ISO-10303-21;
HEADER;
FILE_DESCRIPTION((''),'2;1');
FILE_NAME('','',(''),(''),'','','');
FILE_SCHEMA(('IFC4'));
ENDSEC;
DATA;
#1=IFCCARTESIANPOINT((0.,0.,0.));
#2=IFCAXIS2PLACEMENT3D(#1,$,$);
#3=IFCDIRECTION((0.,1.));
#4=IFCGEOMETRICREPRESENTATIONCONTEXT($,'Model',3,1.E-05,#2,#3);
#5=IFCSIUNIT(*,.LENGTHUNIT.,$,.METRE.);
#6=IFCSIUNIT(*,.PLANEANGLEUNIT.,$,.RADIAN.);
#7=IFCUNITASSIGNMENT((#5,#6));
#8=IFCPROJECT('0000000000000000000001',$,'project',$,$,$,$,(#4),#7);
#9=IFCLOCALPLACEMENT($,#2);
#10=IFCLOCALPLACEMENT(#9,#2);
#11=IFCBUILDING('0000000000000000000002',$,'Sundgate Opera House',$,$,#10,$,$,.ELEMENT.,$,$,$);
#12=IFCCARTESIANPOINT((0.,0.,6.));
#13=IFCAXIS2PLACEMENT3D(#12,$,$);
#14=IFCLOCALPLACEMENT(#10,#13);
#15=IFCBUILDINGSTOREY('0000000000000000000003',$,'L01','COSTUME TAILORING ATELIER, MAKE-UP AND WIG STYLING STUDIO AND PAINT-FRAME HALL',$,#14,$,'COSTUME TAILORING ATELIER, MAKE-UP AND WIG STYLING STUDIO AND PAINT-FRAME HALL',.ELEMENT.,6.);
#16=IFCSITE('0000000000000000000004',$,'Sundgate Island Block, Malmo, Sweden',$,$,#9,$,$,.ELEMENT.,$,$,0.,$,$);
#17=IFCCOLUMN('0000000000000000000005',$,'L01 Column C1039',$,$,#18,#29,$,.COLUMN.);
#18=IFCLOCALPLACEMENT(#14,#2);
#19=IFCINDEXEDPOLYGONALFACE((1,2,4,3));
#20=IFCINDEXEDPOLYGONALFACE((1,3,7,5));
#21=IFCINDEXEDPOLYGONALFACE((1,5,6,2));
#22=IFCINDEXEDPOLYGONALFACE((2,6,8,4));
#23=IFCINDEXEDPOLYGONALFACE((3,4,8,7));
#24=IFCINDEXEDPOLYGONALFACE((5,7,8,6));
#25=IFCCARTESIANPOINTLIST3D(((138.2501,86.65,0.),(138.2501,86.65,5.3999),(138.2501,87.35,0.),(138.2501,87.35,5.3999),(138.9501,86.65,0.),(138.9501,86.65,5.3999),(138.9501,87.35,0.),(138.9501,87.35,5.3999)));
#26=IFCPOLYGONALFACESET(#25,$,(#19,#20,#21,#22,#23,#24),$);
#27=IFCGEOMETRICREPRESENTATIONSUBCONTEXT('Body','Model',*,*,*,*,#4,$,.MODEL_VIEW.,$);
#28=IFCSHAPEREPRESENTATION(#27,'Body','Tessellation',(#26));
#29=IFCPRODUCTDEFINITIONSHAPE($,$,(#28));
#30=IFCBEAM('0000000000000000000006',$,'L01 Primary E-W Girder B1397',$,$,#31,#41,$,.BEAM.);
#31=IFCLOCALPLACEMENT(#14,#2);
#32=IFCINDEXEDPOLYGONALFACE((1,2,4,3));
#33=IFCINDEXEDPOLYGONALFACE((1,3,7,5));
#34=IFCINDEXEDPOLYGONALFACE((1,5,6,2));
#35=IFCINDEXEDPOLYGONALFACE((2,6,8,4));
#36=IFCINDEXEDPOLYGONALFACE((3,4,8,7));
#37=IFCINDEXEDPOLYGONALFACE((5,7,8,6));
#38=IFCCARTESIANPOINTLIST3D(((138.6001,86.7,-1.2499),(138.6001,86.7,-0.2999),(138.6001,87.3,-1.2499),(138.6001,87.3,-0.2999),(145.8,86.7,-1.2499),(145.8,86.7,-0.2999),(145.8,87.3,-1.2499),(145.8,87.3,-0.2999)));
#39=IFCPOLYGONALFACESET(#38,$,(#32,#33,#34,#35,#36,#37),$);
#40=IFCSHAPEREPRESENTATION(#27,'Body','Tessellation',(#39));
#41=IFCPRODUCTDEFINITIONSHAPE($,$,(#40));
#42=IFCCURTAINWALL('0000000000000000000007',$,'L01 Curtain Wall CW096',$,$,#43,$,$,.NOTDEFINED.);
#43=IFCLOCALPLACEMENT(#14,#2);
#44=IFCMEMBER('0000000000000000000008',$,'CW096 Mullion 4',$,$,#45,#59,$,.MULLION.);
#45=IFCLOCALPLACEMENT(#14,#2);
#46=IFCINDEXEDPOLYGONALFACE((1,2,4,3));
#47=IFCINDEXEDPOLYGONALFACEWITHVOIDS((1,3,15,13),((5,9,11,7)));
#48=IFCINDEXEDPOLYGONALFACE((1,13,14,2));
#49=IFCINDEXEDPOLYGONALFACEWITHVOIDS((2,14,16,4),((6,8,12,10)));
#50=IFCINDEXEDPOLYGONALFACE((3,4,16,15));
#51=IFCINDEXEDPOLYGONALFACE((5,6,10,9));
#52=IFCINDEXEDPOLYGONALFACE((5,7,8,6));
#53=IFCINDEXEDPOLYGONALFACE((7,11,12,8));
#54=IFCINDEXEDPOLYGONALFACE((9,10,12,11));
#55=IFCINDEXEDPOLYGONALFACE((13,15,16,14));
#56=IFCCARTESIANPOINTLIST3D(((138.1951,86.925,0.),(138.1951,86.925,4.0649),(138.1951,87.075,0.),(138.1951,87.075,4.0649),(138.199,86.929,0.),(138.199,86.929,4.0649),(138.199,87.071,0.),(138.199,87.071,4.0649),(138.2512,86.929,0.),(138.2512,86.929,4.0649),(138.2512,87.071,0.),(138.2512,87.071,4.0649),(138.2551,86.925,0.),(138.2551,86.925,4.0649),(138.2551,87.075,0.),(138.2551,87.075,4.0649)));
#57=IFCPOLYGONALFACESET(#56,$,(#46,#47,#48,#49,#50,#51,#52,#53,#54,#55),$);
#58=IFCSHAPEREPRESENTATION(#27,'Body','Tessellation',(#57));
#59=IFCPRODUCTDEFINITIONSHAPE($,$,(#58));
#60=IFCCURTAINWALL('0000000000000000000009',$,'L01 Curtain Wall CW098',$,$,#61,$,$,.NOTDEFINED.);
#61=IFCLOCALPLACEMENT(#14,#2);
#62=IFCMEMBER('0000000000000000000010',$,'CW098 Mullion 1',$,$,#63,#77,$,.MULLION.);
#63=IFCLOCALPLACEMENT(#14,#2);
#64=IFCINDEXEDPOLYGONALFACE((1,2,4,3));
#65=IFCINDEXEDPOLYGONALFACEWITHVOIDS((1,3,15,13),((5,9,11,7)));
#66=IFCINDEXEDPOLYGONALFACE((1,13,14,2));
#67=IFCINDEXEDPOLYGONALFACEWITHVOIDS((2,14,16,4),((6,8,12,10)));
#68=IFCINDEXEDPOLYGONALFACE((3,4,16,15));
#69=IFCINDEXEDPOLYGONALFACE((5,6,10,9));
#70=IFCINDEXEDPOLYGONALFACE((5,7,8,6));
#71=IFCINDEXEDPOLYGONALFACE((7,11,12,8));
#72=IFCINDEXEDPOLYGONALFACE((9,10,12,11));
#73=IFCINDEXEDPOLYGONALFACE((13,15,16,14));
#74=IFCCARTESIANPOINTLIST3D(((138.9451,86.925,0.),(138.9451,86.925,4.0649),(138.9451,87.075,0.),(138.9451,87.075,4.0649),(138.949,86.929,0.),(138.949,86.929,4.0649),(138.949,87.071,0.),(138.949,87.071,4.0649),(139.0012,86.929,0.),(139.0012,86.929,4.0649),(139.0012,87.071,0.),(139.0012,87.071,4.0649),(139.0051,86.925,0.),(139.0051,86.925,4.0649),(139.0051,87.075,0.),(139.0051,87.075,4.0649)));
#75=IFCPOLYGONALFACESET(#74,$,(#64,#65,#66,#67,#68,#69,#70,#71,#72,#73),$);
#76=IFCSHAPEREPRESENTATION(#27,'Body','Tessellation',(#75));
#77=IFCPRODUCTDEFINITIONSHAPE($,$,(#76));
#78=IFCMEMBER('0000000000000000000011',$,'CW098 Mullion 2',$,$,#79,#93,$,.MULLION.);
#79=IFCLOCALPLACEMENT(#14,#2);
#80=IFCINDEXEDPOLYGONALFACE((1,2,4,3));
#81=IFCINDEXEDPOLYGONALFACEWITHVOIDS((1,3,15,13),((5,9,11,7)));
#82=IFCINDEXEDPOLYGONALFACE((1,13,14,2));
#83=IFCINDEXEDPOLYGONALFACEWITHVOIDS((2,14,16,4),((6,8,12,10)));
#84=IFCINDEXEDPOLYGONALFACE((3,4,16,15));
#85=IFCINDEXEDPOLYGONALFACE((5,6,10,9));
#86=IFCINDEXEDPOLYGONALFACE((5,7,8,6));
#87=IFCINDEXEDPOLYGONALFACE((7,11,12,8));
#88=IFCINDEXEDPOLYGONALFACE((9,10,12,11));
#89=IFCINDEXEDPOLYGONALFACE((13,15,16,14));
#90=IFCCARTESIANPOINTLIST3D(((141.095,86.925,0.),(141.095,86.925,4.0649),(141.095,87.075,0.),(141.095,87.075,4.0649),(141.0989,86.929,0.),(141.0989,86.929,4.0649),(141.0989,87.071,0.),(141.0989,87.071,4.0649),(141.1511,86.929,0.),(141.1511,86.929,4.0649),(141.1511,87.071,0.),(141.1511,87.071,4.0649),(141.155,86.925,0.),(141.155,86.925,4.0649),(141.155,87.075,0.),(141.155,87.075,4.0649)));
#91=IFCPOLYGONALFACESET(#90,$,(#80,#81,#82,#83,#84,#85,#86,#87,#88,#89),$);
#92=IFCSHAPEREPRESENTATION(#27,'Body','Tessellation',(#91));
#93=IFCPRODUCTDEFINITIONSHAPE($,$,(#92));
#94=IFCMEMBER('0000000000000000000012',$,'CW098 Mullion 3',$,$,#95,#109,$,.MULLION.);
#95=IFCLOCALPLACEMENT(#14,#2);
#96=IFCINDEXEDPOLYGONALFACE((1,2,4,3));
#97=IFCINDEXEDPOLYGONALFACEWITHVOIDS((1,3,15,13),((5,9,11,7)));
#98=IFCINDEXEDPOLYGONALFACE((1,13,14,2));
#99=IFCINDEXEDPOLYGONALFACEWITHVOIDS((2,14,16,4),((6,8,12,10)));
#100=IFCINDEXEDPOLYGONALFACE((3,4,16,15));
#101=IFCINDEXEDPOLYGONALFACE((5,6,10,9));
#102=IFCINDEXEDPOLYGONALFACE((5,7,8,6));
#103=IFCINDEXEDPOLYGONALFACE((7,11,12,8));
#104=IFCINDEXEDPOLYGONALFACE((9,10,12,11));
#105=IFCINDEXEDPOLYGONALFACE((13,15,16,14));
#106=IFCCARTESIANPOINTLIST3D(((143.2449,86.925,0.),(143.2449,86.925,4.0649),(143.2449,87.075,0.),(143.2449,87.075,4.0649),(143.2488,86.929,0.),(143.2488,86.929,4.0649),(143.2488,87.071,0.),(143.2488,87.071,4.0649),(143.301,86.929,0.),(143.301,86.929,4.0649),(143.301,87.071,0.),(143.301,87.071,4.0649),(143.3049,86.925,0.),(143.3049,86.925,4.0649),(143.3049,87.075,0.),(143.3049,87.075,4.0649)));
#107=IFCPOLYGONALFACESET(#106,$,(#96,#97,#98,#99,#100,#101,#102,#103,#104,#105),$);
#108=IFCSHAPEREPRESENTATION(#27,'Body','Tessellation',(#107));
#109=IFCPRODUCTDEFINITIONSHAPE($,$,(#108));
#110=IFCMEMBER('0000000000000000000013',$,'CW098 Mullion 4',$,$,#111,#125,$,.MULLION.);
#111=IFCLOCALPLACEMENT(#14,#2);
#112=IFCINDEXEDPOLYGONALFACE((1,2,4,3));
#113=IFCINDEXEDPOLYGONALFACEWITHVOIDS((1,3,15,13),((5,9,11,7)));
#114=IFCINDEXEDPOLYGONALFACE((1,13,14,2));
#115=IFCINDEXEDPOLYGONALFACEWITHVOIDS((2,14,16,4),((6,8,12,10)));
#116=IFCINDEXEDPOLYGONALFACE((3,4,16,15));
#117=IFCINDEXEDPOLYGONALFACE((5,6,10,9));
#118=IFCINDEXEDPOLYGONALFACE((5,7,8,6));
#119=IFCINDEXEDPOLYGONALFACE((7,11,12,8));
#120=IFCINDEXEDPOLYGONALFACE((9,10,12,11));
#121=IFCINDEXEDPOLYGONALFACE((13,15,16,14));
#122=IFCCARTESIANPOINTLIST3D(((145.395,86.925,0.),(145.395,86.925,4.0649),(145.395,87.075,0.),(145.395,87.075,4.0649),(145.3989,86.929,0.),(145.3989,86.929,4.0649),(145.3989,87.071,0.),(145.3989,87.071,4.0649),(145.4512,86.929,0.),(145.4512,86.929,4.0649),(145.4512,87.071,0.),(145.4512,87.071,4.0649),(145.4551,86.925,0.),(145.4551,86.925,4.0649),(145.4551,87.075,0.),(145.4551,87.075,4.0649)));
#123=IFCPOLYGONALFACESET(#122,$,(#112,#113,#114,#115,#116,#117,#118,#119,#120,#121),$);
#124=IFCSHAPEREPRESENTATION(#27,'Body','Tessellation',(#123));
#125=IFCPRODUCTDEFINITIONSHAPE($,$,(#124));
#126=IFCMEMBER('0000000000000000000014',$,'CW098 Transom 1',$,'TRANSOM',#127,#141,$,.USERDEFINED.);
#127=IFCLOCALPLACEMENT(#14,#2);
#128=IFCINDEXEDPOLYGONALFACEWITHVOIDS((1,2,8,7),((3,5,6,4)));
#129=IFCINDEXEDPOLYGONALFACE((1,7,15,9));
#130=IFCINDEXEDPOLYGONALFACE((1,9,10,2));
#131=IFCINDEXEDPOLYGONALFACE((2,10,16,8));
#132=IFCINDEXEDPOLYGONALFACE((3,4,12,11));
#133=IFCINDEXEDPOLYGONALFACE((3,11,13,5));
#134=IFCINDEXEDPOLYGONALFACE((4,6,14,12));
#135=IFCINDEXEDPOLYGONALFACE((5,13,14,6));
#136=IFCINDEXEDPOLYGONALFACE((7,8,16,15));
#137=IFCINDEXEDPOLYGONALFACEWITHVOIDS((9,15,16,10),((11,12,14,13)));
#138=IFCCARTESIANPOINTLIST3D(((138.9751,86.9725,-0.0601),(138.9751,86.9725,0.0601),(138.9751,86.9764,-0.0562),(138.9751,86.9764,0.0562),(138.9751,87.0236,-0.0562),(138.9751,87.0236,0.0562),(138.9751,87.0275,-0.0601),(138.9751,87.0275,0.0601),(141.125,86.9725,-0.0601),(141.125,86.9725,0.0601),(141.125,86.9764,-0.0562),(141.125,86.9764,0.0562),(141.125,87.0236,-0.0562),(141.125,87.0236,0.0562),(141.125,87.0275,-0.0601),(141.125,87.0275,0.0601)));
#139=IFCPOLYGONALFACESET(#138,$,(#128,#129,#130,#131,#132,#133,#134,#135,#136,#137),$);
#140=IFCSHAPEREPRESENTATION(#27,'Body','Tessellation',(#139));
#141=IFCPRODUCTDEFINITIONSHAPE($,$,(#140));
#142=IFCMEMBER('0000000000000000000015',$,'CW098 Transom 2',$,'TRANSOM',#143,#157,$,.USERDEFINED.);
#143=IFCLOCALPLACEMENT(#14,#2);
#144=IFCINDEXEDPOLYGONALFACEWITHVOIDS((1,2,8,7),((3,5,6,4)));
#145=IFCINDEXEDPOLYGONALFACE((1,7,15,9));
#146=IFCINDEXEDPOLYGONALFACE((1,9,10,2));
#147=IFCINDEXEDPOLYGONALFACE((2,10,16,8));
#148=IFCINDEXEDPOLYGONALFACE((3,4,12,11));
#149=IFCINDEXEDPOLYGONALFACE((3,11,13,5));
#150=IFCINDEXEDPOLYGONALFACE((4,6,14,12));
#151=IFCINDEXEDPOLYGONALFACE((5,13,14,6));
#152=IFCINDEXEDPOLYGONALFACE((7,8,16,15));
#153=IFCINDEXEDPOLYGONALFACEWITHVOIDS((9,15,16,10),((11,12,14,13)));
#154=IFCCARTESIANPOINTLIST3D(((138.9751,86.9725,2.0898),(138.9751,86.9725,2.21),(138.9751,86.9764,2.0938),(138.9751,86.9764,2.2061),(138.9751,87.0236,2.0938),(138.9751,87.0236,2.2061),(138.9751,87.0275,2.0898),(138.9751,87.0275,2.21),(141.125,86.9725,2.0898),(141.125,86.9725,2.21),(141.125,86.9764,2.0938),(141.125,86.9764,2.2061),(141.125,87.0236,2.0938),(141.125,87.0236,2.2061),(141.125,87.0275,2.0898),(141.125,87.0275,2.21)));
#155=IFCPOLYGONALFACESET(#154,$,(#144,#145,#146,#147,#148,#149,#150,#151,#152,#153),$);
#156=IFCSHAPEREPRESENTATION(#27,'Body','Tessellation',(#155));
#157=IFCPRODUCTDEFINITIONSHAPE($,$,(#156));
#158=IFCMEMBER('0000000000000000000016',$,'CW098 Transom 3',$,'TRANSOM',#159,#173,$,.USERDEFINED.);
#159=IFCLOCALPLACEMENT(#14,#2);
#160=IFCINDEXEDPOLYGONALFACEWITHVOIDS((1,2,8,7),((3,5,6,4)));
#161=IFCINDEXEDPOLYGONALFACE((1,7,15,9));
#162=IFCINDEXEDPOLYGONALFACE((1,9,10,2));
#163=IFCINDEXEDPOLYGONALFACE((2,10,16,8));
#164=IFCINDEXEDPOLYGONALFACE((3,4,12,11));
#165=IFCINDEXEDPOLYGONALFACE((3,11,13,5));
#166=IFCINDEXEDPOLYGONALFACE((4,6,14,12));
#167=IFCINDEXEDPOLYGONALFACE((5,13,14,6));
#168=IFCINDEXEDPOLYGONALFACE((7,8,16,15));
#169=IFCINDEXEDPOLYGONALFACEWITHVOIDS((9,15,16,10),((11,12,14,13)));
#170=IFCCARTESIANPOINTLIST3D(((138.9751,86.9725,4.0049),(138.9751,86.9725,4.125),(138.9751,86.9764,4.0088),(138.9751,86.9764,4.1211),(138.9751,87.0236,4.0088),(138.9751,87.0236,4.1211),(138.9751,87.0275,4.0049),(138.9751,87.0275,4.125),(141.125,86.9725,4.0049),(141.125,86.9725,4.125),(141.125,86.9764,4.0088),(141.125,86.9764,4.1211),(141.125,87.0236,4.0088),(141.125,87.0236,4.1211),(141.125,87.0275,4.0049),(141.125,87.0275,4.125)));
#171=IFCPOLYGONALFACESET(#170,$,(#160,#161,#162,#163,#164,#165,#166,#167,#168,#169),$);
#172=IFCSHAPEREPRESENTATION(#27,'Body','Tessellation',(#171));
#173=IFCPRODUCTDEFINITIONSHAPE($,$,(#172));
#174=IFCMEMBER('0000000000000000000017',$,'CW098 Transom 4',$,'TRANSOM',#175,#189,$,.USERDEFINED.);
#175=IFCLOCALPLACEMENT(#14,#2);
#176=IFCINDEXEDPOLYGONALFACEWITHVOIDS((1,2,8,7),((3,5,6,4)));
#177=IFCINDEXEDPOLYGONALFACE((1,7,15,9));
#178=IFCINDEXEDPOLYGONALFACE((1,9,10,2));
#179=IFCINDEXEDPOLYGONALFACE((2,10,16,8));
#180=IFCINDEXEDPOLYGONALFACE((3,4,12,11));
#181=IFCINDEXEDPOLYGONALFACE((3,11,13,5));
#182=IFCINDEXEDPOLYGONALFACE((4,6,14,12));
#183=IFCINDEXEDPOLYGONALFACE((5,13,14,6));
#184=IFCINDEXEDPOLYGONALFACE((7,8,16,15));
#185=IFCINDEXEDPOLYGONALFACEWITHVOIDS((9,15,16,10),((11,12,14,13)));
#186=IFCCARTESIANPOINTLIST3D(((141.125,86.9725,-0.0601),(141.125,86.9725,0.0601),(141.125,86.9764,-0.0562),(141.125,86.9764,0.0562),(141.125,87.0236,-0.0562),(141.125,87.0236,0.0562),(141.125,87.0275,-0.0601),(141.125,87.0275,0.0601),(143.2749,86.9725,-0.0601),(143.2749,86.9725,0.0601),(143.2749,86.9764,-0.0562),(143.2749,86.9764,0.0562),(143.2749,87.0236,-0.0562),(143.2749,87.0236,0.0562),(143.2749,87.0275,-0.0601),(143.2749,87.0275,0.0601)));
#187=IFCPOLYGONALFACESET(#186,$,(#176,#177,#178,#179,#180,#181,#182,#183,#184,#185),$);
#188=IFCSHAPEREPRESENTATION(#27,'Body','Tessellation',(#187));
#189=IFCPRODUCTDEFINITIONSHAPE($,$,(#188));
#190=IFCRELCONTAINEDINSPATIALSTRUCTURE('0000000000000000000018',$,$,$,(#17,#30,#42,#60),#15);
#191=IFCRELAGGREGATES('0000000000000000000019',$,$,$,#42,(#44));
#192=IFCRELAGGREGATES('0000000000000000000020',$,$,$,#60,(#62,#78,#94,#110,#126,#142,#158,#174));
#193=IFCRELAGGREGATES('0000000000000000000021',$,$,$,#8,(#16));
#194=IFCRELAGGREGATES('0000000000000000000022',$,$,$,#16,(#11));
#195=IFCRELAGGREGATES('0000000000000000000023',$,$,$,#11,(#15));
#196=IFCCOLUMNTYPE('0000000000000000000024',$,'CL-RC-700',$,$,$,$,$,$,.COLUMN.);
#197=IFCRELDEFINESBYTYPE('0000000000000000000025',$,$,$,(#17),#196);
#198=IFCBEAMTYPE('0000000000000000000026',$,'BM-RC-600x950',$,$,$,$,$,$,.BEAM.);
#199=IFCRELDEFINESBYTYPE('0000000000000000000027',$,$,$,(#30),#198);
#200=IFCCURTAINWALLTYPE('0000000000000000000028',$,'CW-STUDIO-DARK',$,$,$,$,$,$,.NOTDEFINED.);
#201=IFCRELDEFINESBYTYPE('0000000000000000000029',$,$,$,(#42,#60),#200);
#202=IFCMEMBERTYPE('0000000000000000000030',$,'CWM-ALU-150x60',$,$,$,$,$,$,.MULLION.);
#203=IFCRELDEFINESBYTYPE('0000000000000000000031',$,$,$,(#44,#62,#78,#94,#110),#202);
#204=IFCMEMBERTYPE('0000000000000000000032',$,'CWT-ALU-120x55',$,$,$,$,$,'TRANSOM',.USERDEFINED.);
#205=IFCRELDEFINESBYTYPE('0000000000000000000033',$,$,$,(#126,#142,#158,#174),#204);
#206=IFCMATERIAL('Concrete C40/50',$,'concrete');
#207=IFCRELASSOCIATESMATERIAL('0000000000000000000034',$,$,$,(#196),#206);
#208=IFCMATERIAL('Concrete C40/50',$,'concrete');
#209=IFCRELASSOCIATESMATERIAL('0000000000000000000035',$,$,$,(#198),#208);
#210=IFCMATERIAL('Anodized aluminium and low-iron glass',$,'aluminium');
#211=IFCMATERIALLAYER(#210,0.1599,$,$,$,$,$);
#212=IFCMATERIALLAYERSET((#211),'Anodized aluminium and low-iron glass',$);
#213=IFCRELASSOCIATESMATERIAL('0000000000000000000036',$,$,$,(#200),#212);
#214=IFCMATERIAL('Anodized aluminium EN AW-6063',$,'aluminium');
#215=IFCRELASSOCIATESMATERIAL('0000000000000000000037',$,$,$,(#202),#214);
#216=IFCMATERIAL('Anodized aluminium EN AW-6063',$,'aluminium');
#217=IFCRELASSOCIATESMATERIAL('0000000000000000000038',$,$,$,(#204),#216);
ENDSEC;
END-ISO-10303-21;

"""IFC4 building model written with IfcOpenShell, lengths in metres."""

from ifc_helpers import new_model, si_unit, direction, frame, origin, origin_2d, place, context, subcontext, project, spatial, rectangle, hollow_rectangle, extrude, material, layer, layer_set, material_profile, profile_set, type_object, element, aggregate, save


model = new_model("IFC4")

# Units and contexts
model_context = context("Model", 3, precision=1e-05, world=origin(), true_north=direction((0.0, 1.0)))
body_context = subcontext(model_context, "Body", "Model", "MODEL_VIEW")
ifc_project = project(units=[si_unit("LENGTHUNIT", "METRE"), si_unit("PLANEANGLEUNIT", "RADIAN")], contexts=[model_context])

# Site, building, storey
site_placement = place(None, origin())
site = spatial("IfcSite", under=ifc_project, at=site_placement, Name="Sundgate Island Block, Malmo, Sweden", CompositionType="ELEMENT", RefElevation=0.0)
building_placement = place(site_placement, origin())
building = spatial("IfcBuilding", under=site, at=building_placement, Name="Sundgate Opera House", CompositionType="ELEMENT")
storey_placement = place(building_placement, frame((0.0, 0.0, 6.0)))
storey = spatial("IfcBuildingStorey", under=building, at=storey_placement, Name="L01", Description="COSTUME TAILORING ATELIER, MAKE-UP AND WIG STYLING STUDIO AND PAINT-FRAME HALL", LongName="COSTUME TAILORING ATELIER, MAKE-UP AND WIG STYLING STUDIO AND PAINT-FRAME HALL", CompositionType="ELEMENT", Elevation=6.0)

# Column
ifc_material_1 = material(Name="Concrete C40/50", Category="concrete")
ifc_material_profile_1 = material_profile(ifc_material_1, rectangle(XDim=0.7, YDim=0.7, at=origin_2d()), Name="RC 700x700")
ifc_profile_set_1 = profile_set([ifc_material_profile_1], Name="Concrete C40/50")
column_type = type_object("IfcColumnType", Name="CL-RC-700", PredefinedType="COLUMN", material=ifc_profile_set_1)
column_placement = place(storey_placement, frame((138.6001, 87.0, 0.0), z_axis=(0.0, 0.0, 1.0), x_axis=(1.0, 0.0, 0.0)))
element("IfcColumn", 1, at=column_placement, inside=storey, type_object=column_type, Name="L01 Column C1039", PredefinedType="COLUMN", context=body_context, shape_type="SweptSolid", body=[
    extrude(rectangle(XDim=0.7, YDim=0.7, at=origin_2d()), origin(), (0.0, 0.0, 1.0), 5.3999),
])

# Beam
ifc_material_2 = material(Name="Concrete C40/50", Category="concrete")
ifc_material_profile_2 = material_profile(ifc_material_2, rectangle(XDim=0.6001, YDim=0.95, at=origin_2d()), Name="RC 600x950")
ifc_profile_set_2 = profile_set([ifc_material_profile_2], Name="Concrete C40/50")
beam_type = type_object("IfcBeamType", Name="BM-RC-600x950", PredefinedType="BEAM", material=ifc_profile_set_2)
beam_placement = place(storey_placement, frame((138.6001, 87.0, -0.7749), z_axis=(1.0, 0.0, 0.0), x_axis=(0.0, 1.0, 0.0)))
element("IfcBeam", 2, at=beam_placement, inside=storey, type_object=beam_type, Name="L01 Primary E-W Girder B1397", PredefinedType="BEAM", context=body_context, shape_type="SweptSolid", body=[
    extrude(rectangle(XDim=0.6001, YDim=0.95, at=origin_2d()), origin(), (0.0, 0.0, 1.0), 7.2),
])

# Curtain wall, member
ifc_material_3 = material(Name="Anodized aluminium and low-iron glass", Category="aluminium")
ifc_layer_1 = layer(ifc_material_3, 0.1599)
ifc_layer_set_1 = layer_set([ifc_layer_1], Name="Anodized aluminium and low-iron glass")
curtain_wall_type = type_object("IfcCurtainWallType", Name="CW-STUDIO-DARK", PredefinedType="NOTDEFINED", material=ifc_layer_set_1)
curtain_wall_1_placement = place(storey_placement, origin())
curtain_wall_1 = element("IfcCurtainWall", 3, at=curtain_wall_1_placement, inside=storey, type_object=curtain_wall_type, Name="L01 Curtain Wall CW096", PredefinedType="NOTDEFINED")
ifc_material_4 = material(Name="Anodized aluminium EN AW-6063", Category="aluminium")
ifc_material_profile_3 = material_profile(ifc_material_4, hollow_rectangle(XDim=0.0601, YDim=0.1499, WallThickness=0.0039, at=origin_2d()), Name="CWM 150x60x4")
ifc_profile_set_3 = profile_set([ifc_material_profile_3], Name="Anodized aluminium EN AW-6063")
member_type_1 = type_object("IfcMemberType", Name="CWM-ALU-150x60", PredefinedType="MULLION", material=ifc_profile_set_3)
member_1_placement = place(storey_placement, frame((138.2251, 87.0, 0.0), z_axis=(0.0, 0.0, 1.0), x_axis=(1.0, 0.0, 0.0)))
member_1 = element("IfcMember", 4, at=member_1_placement, type_object=member_type_1, Name="CW096 Mullion 4", PredefinedType="MULLION", context=body_context, shape_type="SweptSolid", body=[
    extrude(hollow_rectangle(XDim=0.0601, YDim=0.1499, WallThickness=0.0039, at=origin_2d()), origin(), (0.0, 0.0, 1.0), 4.0649),
])
aggregate(curtain_wall_1, [member_1])

# Curtain wall, members
curtain_wall_2_placement = place(storey_placement, origin())
curtain_wall_2 = element("IfcCurtainWall", 5, at=curtain_wall_2_placement, inside=storey, type_object=curtain_wall_type, Name="L01 Curtain Wall CW098", PredefinedType="NOTDEFINED")
member_2_placement = place(storey_placement, frame((138.9751, 87.0, 0.0), z_axis=(0.0, 0.0, 1.0), x_axis=(1.0, 0.0, 0.0)))
member_2 = element("IfcMember", 6, at=member_2_placement, type_object=member_type_1, Name="CW098 Mullion 1", PredefinedType="MULLION", context=body_context, shape_type="SweptSolid", body=[
    extrude(hollow_rectangle(XDim=0.0601, YDim=0.1499, WallThickness=0.0039, at=origin_2d()), origin(), (0.0, 0.0, 1.0), 4.0649),
])
member_3_placement = place(storey_placement, frame((141.125, 87.0, 0.0), z_axis=(0.0, 0.0, 1.0), x_axis=(1.0, 0.0, 0.0)))
member_3 = element("IfcMember", 7, at=member_3_placement, type_object=member_type_1, Name="CW098 Mullion 2", PredefinedType="MULLION", context=body_context, shape_type="SweptSolid", body=[
    extrude(hollow_rectangle(XDim=0.0601, YDim=0.1499, WallThickness=0.0039, at=origin_2d()), origin(), (0.0, 0.0, 1.0), 4.0649),
])
member_4_placement = place(storey_placement, frame((143.2749, 87.0, 0.0), z_axis=(0.0, 0.0, 1.0), x_axis=(1.0, 0.0, 0.0)))
member_4 = element("IfcMember", 8, at=member_4_placement, type_object=member_type_1, Name="CW098 Mullion 3", PredefinedType="MULLION", context=body_context, shape_type="SweptSolid", body=[
    extrude(hollow_rectangle(XDim=0.0601, YDim=0.1499, WallThickness=0.0039, at=origin_2d()), origin(), (0.0, 0.0, 1.0), 4.0649),
])
member_5_placement = place(storey_placement, frame((145.425, 87.0, 0.0), z_axis=(0.0, 0.0, 1.0), x_axis=(1.0, 0.0, 0.0)))
member_5 = element("IfcMember", 9, at=member_5_placement, type_object=member_type_1, Name="CW098 Mullion 4", PredefinedType="MULLION", context=body_context, shape_type="SweptSolid", body=[
    extrude(hollow_rectangle(XDim=0.0601, YDim=0.1499, WallThickness=0.0039, at=origin_2d()), origin(), (0.0, 0.0, 1.0), 4.0649),
])
ifc_material_5 = material(Name="Anodized aluminium EN AW-6063", Category="aluminium")
ifc_material_profile_4 = material_profile(ifc_material_5, hollow_rectangle(XDim=0.0549, YDim=0.1201, WallThickness=0.0039, at=origin_2d()), Name="CWT 120x55x4")
ifc_profile_set_4 = profile_set([ifc_material_profile_4], Name="Anodized aluminium EN AW-6063")
member_type_2 = type_object("IfcMemberType", Name="CWT-ALU-120x55", ElementType="TRANSOM", PredefinedType="USERDEFINED", material=ifc_profile_set_4)
member_6_placement = place(storey_placement, frame((138.9751, 87.0, 0.0), z_axis=(1.0, 0.0, 0.0), x_axis=(0.0, 1.0, 0.0)))
member_6 = element("IfcMember", 10, at=member_6_placement, type_object=member_type_2, Name="CW098 Transom 1", ObjectType="TRANSOM", PredefinedType="USERDEFINED", context=body_context, shape_type="SweptSolid", body=[
    extrude(hollow_rectangle(XDim=0.0549, YDim=0.1201, WallThickness=0.0039, at=origin_2d()), origin(), (0.0, 0.0, 1.0), 2.1499),
])
member_7_placement = place(storey_placement, frame((138.9751, 87.0, 2.1499), z_axis=(1.0, 0.0, 0.0), x_axis=(0.0, 1.0, 0.0)))
member_7 = element("IfcMember", 11, at=member_7_placement, type_object=member_type_2, Name="CW098 Transom 2", ObjectType="TRANSOM", PredefinedType="USERDEFINED", context=body_context, shape_type="SweptSolid", body=[
    extrude(hollow_rectangle(XDim=0.0549, YDim=0.1201, WallThickness=0.0039, at=origin_2d()), origin(), (0.0, 0.0, 1.0), 2.1499),
])
member_8_placement = place(storey_placement, frame((138.9751, 87.0, 4.0649), z_axis=(1.0, 0.0, 0.0), x_axis=(0.0, 1.0, 0.0)))
member_8 = element("IfcMember", 12, at=member_8_placement, type_object=member_type_2, Name="CW098 Transom 3", ObjectType="TRANSOM", PredefinedType="USERDEFINED", context=body_context, shape_type="SweptSolid", body=[
    extrude(hollow_rectangle(XDim=0.0549, YDim=0.1201, WallThickness=0.0039, at=origin_2d()), origin(), (0.0, 0.0, 1.0), 2.1499),
])
member_9_placement = place(storey_placement, frame((141.125, 87.0, 0.0), z_axis=(1.0, 0.0, 0.0), x_axis=(0.0, 1.0, 0.0)))
member_9 = element("IfcMember", 13, at=member_9_placement, type_object=member_type_2, Name="CW098 Transom 4", ObjectType="TRANSOM", PredefinedType="USERDEFINED", context=body_context, shape_type="SweptSolid", body=[
    extrude(hollow_rectangle(XDim=0.0549, YDim=0.1201, WallThickness=0.0039, at=origin_2d()), origin(), (0.0, 0.0, 1.0), 2.1499),
])
aggregate(curtain_wall_2, [member_2, member_3, member_4, member_5, member_6, member_7, member_8, member_9])

save(model, "model.ifc")
